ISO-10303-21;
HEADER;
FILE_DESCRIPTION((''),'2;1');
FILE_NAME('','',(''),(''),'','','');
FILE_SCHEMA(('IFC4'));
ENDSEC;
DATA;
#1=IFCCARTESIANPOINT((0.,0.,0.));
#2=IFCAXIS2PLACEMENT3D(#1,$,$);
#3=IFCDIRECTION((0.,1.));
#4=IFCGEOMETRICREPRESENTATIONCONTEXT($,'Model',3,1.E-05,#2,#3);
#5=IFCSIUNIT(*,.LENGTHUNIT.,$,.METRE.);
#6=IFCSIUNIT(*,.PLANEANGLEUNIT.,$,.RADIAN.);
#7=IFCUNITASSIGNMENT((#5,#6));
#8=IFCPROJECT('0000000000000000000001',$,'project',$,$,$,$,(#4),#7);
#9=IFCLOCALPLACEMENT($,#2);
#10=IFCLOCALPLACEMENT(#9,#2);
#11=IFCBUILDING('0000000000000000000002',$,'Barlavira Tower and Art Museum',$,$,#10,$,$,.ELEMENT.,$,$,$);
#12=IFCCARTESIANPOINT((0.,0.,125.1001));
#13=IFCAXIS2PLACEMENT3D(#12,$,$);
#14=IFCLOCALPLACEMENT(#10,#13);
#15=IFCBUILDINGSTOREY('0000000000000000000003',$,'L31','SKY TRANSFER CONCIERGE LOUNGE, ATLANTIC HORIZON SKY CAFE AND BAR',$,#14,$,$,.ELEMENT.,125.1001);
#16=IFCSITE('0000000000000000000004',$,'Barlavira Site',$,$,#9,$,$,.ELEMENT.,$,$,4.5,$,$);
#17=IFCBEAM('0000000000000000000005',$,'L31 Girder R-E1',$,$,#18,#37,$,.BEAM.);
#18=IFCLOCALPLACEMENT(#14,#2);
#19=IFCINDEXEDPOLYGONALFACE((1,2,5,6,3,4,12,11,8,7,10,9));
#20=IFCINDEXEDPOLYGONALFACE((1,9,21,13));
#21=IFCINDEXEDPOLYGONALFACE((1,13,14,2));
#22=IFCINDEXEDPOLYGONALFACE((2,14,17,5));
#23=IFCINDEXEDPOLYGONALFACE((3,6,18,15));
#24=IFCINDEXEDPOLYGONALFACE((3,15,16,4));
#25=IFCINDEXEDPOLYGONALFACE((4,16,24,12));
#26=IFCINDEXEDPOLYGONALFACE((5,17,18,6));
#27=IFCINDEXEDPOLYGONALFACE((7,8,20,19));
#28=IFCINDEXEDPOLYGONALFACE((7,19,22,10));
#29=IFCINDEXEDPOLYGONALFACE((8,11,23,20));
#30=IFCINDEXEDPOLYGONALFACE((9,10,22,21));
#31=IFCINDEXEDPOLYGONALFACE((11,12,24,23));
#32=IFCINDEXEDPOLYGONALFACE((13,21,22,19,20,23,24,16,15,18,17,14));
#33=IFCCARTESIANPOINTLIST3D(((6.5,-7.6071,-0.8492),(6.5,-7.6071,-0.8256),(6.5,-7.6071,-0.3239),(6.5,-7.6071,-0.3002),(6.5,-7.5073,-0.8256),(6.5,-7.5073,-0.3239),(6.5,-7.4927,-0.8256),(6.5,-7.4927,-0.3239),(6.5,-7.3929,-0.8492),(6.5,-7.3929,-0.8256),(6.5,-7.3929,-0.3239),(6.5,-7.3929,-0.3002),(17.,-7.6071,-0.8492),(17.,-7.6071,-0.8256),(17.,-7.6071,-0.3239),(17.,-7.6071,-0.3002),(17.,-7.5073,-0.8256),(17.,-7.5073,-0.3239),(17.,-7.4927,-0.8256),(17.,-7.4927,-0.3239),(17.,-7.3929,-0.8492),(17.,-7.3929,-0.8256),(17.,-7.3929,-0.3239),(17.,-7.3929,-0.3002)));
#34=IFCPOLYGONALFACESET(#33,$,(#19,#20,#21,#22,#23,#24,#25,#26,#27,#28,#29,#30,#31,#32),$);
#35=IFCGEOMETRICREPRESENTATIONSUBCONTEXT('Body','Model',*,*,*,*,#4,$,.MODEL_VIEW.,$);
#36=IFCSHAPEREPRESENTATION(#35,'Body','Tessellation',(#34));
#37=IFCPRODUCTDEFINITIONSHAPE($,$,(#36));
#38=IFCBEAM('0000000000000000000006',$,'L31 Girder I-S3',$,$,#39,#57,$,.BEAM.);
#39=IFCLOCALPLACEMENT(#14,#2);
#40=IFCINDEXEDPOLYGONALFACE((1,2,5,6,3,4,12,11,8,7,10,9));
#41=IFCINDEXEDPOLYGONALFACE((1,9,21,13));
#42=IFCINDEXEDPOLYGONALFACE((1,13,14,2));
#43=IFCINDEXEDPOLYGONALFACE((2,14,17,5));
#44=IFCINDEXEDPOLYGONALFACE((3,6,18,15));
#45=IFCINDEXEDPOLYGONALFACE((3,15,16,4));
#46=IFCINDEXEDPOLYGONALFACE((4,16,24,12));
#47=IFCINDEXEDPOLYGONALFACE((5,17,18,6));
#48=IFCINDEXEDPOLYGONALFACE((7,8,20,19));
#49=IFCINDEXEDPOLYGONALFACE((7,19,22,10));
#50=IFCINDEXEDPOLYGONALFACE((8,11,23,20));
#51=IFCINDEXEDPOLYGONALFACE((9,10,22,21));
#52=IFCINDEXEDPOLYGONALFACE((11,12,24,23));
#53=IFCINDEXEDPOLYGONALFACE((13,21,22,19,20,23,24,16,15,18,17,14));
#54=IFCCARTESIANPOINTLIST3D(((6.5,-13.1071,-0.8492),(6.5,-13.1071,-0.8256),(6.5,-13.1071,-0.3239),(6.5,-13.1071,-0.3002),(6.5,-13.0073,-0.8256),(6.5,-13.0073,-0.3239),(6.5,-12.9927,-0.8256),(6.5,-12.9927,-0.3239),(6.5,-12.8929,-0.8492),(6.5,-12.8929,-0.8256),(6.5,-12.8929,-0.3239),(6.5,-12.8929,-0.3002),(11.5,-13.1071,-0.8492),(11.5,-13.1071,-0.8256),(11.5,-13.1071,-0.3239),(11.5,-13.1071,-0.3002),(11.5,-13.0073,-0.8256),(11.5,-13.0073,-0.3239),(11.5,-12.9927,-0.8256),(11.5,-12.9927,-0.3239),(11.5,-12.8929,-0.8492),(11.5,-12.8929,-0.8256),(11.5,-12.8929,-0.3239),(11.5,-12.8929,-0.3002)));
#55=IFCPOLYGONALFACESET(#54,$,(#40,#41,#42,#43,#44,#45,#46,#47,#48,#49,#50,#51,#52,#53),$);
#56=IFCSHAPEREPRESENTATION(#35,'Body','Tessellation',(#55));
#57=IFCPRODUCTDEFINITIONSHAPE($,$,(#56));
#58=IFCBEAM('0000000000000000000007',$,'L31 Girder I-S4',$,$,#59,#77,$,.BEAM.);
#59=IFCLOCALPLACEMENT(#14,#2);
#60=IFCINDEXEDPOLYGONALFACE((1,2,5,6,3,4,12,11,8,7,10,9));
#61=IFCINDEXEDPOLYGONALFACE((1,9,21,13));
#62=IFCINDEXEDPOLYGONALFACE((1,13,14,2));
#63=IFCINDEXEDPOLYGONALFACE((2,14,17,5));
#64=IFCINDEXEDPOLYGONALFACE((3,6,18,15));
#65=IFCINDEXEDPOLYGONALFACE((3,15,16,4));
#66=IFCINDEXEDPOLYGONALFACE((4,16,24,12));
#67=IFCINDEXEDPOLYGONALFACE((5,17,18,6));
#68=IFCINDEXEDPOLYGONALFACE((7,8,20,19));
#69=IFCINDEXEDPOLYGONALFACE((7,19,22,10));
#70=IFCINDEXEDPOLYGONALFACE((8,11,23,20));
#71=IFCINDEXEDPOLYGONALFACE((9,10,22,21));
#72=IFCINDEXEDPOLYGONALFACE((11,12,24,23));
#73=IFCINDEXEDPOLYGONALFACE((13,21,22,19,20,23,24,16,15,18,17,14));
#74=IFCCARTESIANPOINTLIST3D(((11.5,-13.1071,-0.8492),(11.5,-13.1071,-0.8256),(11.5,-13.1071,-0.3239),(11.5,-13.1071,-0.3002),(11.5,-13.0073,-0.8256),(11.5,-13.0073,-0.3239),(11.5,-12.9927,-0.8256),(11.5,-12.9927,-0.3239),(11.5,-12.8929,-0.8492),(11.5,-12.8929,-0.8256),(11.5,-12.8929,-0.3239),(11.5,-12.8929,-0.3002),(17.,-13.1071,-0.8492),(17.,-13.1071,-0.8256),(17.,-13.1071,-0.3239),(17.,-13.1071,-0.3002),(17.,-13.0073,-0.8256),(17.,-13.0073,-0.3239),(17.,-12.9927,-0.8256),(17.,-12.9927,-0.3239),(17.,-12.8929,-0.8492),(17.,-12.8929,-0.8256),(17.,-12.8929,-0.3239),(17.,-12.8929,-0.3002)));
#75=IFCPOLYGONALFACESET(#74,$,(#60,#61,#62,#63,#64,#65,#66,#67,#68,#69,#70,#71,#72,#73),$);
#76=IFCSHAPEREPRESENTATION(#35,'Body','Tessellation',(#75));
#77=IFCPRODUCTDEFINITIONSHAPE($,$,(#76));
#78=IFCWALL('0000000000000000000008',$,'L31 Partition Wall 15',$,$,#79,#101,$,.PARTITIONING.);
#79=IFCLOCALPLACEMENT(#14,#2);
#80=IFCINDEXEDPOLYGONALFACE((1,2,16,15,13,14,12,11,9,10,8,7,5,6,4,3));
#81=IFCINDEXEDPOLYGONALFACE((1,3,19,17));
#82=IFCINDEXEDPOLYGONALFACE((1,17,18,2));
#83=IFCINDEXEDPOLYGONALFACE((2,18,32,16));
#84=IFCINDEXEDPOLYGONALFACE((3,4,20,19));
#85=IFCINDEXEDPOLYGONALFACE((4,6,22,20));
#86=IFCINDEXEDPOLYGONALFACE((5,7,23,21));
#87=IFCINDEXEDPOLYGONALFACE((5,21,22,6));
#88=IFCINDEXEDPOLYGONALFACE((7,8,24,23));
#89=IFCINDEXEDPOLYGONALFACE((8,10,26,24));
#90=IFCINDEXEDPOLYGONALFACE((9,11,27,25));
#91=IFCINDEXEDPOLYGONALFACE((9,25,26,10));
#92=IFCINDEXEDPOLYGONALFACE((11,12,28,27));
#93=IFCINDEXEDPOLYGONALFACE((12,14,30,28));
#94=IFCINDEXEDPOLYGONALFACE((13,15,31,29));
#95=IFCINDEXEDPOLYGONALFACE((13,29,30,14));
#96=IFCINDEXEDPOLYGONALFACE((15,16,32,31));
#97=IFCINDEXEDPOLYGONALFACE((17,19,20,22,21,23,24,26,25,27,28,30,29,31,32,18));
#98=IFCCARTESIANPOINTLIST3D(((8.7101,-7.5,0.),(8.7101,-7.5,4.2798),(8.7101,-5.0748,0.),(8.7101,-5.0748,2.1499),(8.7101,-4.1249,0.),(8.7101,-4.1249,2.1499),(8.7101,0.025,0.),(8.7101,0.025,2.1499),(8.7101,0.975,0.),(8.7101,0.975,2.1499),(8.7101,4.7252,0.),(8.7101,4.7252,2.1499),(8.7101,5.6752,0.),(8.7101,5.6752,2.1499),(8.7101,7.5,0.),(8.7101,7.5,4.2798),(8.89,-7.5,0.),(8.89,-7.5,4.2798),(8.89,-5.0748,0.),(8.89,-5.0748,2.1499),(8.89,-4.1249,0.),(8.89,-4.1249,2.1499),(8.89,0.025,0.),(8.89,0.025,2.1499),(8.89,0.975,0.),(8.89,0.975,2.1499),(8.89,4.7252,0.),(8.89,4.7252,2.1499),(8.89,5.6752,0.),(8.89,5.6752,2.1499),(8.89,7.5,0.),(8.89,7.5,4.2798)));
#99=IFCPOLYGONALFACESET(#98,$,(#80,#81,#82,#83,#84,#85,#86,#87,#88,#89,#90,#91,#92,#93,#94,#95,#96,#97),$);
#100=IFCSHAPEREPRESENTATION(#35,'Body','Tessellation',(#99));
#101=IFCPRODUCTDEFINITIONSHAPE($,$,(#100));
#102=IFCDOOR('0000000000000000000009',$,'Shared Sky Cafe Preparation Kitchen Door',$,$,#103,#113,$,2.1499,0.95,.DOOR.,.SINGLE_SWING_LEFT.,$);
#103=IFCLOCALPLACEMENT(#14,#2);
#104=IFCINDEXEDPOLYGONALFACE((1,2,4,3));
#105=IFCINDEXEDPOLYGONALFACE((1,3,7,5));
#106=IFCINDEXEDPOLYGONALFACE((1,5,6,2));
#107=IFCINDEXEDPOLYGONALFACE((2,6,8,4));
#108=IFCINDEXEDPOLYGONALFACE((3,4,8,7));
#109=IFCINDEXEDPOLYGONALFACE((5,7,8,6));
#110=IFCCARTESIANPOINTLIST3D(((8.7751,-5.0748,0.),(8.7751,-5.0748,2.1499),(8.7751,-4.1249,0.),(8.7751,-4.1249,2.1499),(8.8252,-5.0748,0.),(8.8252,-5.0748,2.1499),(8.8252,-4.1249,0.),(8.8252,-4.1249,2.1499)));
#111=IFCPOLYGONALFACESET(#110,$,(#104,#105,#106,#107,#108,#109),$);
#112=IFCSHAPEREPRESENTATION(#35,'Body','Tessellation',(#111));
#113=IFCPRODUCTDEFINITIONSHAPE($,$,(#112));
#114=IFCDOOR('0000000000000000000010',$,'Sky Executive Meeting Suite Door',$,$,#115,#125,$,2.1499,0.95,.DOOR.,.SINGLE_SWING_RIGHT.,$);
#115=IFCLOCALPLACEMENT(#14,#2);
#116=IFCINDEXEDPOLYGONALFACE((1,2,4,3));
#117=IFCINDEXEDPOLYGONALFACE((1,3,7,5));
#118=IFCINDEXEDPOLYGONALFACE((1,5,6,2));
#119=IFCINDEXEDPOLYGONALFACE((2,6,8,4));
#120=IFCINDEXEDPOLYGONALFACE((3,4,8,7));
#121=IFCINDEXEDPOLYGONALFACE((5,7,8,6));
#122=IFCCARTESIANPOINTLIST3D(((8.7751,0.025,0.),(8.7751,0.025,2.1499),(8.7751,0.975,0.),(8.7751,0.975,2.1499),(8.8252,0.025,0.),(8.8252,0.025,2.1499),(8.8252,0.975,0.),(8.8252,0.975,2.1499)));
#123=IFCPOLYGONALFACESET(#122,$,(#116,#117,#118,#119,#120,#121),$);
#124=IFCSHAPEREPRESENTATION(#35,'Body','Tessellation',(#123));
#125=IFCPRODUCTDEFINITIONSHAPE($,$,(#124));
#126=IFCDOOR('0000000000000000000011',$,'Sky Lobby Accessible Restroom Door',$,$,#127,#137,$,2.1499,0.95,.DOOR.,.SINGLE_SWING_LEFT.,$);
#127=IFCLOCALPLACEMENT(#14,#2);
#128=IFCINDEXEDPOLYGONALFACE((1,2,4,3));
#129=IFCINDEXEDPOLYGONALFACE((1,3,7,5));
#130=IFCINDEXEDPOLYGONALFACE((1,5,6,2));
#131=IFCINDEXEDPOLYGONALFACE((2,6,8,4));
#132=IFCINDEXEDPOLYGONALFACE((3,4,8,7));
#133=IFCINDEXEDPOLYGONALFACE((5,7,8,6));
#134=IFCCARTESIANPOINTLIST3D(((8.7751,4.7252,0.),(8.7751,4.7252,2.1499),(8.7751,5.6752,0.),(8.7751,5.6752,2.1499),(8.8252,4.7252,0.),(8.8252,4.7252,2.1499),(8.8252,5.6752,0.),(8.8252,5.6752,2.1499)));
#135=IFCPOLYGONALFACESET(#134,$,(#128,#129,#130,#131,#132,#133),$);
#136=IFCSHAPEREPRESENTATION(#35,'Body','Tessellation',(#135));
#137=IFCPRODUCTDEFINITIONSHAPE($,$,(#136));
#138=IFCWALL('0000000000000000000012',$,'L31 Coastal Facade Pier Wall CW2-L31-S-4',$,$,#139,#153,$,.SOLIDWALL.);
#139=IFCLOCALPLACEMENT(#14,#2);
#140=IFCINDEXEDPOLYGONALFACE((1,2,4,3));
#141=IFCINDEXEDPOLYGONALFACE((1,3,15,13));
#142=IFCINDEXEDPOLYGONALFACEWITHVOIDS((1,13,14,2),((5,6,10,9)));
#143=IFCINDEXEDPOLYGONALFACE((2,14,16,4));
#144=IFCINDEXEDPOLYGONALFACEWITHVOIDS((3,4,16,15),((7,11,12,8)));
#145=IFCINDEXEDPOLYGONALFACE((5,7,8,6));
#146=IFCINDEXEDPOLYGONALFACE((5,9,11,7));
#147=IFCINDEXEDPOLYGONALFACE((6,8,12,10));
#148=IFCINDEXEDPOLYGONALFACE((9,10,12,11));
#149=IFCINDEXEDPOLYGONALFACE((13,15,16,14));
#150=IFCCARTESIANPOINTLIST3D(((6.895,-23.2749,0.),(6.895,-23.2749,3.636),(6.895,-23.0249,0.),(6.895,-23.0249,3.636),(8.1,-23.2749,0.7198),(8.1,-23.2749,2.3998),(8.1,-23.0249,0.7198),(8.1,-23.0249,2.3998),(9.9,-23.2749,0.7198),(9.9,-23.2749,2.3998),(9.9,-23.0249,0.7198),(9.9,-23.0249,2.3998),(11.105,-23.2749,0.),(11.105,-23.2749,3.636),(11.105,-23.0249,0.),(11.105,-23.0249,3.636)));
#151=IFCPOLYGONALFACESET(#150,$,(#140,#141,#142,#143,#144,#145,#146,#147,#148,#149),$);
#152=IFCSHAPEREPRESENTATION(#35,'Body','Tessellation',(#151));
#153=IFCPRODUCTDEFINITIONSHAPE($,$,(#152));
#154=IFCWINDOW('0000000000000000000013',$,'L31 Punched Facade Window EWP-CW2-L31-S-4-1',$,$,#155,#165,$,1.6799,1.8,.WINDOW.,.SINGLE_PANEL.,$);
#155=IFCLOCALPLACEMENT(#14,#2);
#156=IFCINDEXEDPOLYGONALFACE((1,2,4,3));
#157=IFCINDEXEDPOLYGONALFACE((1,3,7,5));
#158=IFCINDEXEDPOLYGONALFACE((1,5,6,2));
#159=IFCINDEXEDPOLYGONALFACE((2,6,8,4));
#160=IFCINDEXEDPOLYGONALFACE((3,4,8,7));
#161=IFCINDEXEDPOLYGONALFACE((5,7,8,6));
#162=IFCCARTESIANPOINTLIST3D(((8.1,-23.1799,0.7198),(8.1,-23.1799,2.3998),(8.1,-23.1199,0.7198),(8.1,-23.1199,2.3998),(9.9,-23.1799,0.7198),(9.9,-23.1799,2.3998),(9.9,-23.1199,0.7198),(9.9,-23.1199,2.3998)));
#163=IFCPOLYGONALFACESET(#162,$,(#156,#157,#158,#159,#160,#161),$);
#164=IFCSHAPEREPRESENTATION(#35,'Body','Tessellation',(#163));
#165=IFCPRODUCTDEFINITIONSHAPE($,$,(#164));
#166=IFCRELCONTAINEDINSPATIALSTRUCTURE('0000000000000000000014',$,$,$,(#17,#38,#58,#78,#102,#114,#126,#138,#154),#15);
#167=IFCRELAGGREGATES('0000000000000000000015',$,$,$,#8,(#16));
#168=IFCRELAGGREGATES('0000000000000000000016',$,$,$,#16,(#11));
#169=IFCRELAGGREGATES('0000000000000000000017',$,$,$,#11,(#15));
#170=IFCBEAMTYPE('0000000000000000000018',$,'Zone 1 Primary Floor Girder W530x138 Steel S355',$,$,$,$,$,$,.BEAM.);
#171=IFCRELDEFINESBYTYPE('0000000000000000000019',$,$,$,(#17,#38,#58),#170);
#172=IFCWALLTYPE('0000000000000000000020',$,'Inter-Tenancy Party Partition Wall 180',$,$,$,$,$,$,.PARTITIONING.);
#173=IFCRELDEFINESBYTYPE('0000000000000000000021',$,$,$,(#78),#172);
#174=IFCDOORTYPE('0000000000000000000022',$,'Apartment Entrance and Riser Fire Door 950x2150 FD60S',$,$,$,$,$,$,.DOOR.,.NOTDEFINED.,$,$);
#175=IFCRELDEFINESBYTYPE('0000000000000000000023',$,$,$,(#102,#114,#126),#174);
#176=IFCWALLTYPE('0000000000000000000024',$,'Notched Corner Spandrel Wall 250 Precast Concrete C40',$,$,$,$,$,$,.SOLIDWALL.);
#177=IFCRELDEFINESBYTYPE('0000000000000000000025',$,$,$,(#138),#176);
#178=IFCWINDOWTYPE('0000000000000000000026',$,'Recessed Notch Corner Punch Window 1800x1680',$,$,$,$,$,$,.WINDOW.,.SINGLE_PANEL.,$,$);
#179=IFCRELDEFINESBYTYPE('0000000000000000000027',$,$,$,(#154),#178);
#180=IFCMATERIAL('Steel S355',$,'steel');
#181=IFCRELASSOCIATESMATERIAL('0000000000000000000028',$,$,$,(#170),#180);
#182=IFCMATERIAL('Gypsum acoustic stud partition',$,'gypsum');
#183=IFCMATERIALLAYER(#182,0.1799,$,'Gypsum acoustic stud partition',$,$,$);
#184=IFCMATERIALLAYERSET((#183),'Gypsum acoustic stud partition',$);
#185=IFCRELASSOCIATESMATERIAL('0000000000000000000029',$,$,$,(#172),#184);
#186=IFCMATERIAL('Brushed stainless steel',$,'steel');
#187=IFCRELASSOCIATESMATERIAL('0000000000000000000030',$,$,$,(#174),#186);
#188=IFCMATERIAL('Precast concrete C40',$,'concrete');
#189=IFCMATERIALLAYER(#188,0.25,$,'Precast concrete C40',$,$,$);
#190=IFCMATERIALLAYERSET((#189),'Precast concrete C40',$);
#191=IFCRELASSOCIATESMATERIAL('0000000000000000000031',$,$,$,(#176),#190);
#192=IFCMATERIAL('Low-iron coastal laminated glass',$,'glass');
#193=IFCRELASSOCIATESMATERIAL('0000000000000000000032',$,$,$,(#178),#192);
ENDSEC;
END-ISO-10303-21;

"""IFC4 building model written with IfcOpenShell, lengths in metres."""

from ifc_helpers import new_model, si_unit, direction, frame, frame_2d, origin, origin_2d, place, context, subcontext, project, spatial, rectangle, i_section, extrude, material, layer, layer_set, material_profile, profile_set, type_object, element, fill, save


model = new_model("IFC4")

# Units and contexts
model_context = context("Model", 3, precision=1e-05, world=origin(), true_north=direction((0.0, 1.0)))
body_context = subcontext(model_context, "Body", "Model", "MODEL_VIEW")
ifc_project = project(units=[si_unit("LENGTHUNIT", "METRE"), si_unit("PLANEANGLEUNIT", "RADIAN")], contexts=[model_context])

# Site, building, storey
site_placement = place(None, origin())
site = spatial("IfcSite", under=ifc_project, at=site_placement, Name="Barlavira Site", CompositionType="ELEMENT", RefElevation=4.5)
building_placement = place(site_placement, origin())
building = spatial("IfcBuilding", under=site, at=building_placement, Name="Barlavira Tower and Art Museum", CompositionType="ELEMENT")
storey_placement = place(building_placement, frame((0.0, 0.0, 125.1001)))
storey = spatial("IfcBuildingStorey", under=building, at=storey_placement, Name="L31", Description="SKY TRANSFER CONCIERGE LOUNGE, ATLANTIC HORIZON SKY CAFE AND BAR", CompositionType="ELEMENT", Elevation=125.1001)

# Shared definitions
ifc_material_1 = material(Name="Steel S355", Category="steel")

# Beams
ifc_material_profile_1 = material_profile(ifc_material_1, i_section(OverallWidth=0.2141, OverallDepth=0.5491, WebThickness=0.0146, FlangeThickness=0.0237, at=origin_2d()), Name="W530x138.0")
ifc_profile_set_1 = profile_set([ifc_material_profile_1], Name="Steel S355")
beam_type_1 = type_object("IfcBeamType", Name="Zone 1 Primary Floor Girder W530x138 Steel S355", PredefinedType="BEAM", material=ifc_profile_set_1)
beam_1_placement = place(storey_placement, frame((6.5, -7.5, -0.5747), z_axis=(1.0, 0.0, 0.0), x_axis=(0.0, 1.0, 0.0)))
element("IfcBeam", 1, at=beam_1_placement, inside=storey, type_object=beam_type_1, Name="L31 Girder R-E1", PredefinedType="BEAM", context=body_context, shape_type="SweptSolid", body=[
    extrude(i_section(OverallWidth=0.2141, OverallDepth=0.5491, WebThickness=0.0146, FlangeThickness=0.0237, at=origin_2d()), origin(), (0.0, 0.0, 1.0), 10.5),
])
beam_2_placement = place(storey_placement, frame((6.5, -13.0, -0.5747), z_axis=(1.0, 0.0, 0.0), x_axis=(0.0, 1.0, 0.0)))
element("IfcBeam", 2, at=beam_2_placement, inside=storey, type_object=beam_type_1, Name="L31 Girder I-S3", PredefinedType="BEAM", context=body_context, shape_type="SweptSolid", body=[
    extrude(i_section(OverallWidth=0.2141, OverallDepth=0.5491, WebThickness=0.0146, FlangeThickness=0.0237, at=origin_2d()), origin(), (0.0, 0.0, 1.0), 5.0),
])
beam_3_placement = place(storey_placement, frame((11.5, -13.0, -0.5747), z_axis=(1.0, 0.0, 0.0), x_axis=(0.0, 1.0, 0.0)))
element("IfcBeam", 3, at=beam_3_placement, inside=storey, type_object=beam_type_1, Name="L31 Girder I-S4", PredefinedType="BEAM", context=body_context, shape_type="SweptSolid", body=[
    extrude(i_section(OverallWidth=0.2141, OverallDepth=0.5491, WebThickness=0.0146, FlangeThickness=0.0237, at=origin_2d()), origin(), (0.0, 0.0, 1.0), 5.5),
])

# Wall, openings, doors
ifc_material_2 = material(Name="Gypsum acoustic stud partition", Category="gypsum")
ifc_layer_1 = layer(ifc_material_2, 0.1799, Name="Gypsum acoustic stud partition")
ifc_layer_set_1 = layer_set([ifc_layer_1], Name="Gypsum acoustic stud partition")
wall_type_1 = type_object("IfcWallType", Name="Inter-Tenancy Party Partition Wall 180", PredefinedType="PARTITIONING", material=ifc_layer_set_1)
wall_1_placement = place(storey_placement, frame((8.8, -7.5, 0.0), z_axis=(0.0, 0.0, 1.0), x_axis=(0.0, 1.0, 0.0)))
wall_1 = element("IfcWall", 4, at=wall_1_placement, inside=storey, type_object=wall_type_1, Name="L31 Partition Wall 15", PredefinedType="PARTITIONING", context=body_context, shape_type="SweptSolid", body=[
    extrude(rectangle(XDim=15.0, YDim=0.1799, at=frame_2d((7.5, 0.0))), origin(), (0.0, 0.0, 1.0), 4.2798),
])
opening_1_placement = place(wall_1_placement, frame((2.425, 0.0, 0.0)))
opening_1 = element("IfcOpeningElement", 5, at=opening_1_placement, cuts=wall_1, PredefinedType="OPENING", context=body_context, shape_type="SweptSolid", body=[
    extrude(rectangle(XDim=0.95, YDim=2.1499, at=frame_2d((0.4751, 1.075))), frame((0.0, 0.1001, 0.0), z_axis=(0.0, -1.0, 0.0), x_axis=(1.0, 0.0, 0.0)), (0.0, 0.0, 1.0), 0.2),
])
opening_2_placement = place(wall_1_placement, frame((7.5249, 0.0, 0.0)))
opening_2 = element("IfcOpeningElement", 6, at=opening_2_placement, cuts=wall_1, PredefinedType="OPENING", context=body_context, shape_type="SweptSolid", body=[
    extrude(rectangle(XDim=0.95, YDim=2.1499, at=frame_2d((0.4751, 1.075))), frame((0.0, 0.1001, 0.0), z_axis=(0.0, -1.0, 0.0), x_axis=(1.0, 0.0, 0.0)), (0.0, 0.0, 1.0), 0.2),
])
opening_3_placement = place(wall_1_placement, frame((12.2251, 0.0, 0.0)))
opening_3 = element("IfcOpeningElement", 7, at=opening_3_placement, cuts=wall_1, PredefinedType="OPENING", context=body_context, shape_type="SweptSolid", body=[
    extrude(rectangle(XDim=0.95, YDim=2.1499, at=frame_2d((0.4751, 1.075))), frame((0.0, 0.1001, 0.0), z_axis=(0.0, -1.0, 0.0), x_axis=(1.0, 0.0, 0.0)), (0.0, 0.0, 1.0), 0.2),
])
ifc_material_3 = material(Name="Brushed stainless steel", Category="steel")
door_type = type_object("IfcDoorType", Name="Apartment Entrance and Riser Fire Door 950x2150 FD60S", OperationType="NOTDEFINED", PredefinedType="DOOR", material=ifc_material_3)
door_1_placement = place(opening_1_placement, origin())
door_1 = element("IfcDoor", 8, at=door_1_placement, inside=storey, type_object=door_type, Name="Shared Sky Cafe Preparation Kitchen Door", OperationType="SINGLE_SWING_LEFT", OverallHeight=2.1499, OverallWidth=0.95, PredefinedType="DOOR", context=body_context, shape_type="SweptSolid", body=[
    extrude(rectangle(XDim=0.95, YDim=2.1499, at=frame_2d((0.4751, 1.075))), frame((0.0, 0.0249, 0.0), z_axis=(0.0, -1.0, 0.0), x_axis=(1.0, 0.0, 0.0)), (0.0, 0.0, 1.0), 0.05),
])
fill(opening_1, door_1)
door_2_placement = place(opening_2_placement, origin())
door_2 = element("IfcDoor", 9, at=door_2_placement, inside=storey, type_object=door_type, Name="Sky Executive Meeting Suite Door", OperationType="SINGLE_SWING_RIGHT", OverallHeight=2.1499, OverallWidth=0.95, PredefinedType="DOOR", context=body_context, shape_type="SweptSolid", body=[
    extrude(rectangle(XDim=0.95, YDim=2.1499, at=frame_2d((0.4751, 1.075))), frame((0.0, 0.0249, 0.0), z_axis=(0.0, -1.0, 0.0), x_axis=(1.0, 0.0, 0.0)), (0.0, 0.0, 1.0), 0.05),
])
fill(opening_2, door_2)
door_3_placement = place(opening_3_placement, origin())
door_3 = element("IfcDoor", 10, at=door_3_placement, inside=storey, type_object=door_type, Name="Sky Lobby Accessible Restroom Door", OperationType="SINGLE_SWING_LEFT", OverallHeight=2.1499, OverallWidth=0.95, PredefinedType="DOOR", context=body_context, shape_type="SweptSolid", body=[
    extrude(rectangle(XDim=0.95, YDim=2.1499, at=frame_2d((0.4751, 1.075))), frame((0.0, 0.0249, 0.0), z_axis=(0.0, -1.0, 0.0), x_axis=(1.0, 0.0, 0.0)), (0.0, 0.0, 1.0), 0.05),
])
fill(opening_3, door_3)

# Wall, opening, window
ifc_material_4 = material(Name="Precast concrete C40", Category="concrete")
ifc_layer_2 = layer(ifc_material_4, 0.25, Name="Precast concrete C40")
ifc_layer_set_2 = layer_set([ifc_layer_2], Name="Precast concrete C40")
wall_type_2 = type_object("IfcWallType", Name="Notched Corner Spandrel Wall 250 Precast Concrete C40", PredefinedType="SOLIDWALL", material=ifc_layer_set_2)
wall_2_placement = place(storey_placement, frame((6.895, -23.1499, 0.0), z_axis=(0.0, 0.0, 1.0), x_axis=(1.0, 0.0, 0.0)))
wall_2 = element("IfcWall", 11, at=wall_2_placement, inside=storey, type_object=wall_type_2, Name="L31 Coastal Facade Pier Wall CW2-L31-S-4", PredefinedType="SOLIDWALL", context=body_context, shape_type="SweptSolid", body=[
    extrude(rectangle(XDim=4.21, YDim=0.25, at=frame_2d((2.105, 0.0))), origin(), (0.0, 0.0, 1.0), 3.636),
])
opening_4_placement = place(wall_2_placement, frame((1.2051, 0.0, 0.72)))
opening_4 = element("IfcOpeningElement", 12, at=opening_4_placement, cuts=wall_2, PredefinedType="OPENING", context=body_context, shape_type="SweptSolid", body=[
    extrude(rectangle(XDim=1.8, YDim=1.6799, at=frame_2d((0.8999, 0.8398))), frame((0.0, 0.135, 0.0), z_axis=(0.0, -1.0, 0.0), x_axis=(1.0, 0.0, 0.0)), (0.0, 0.0, 1.0), 0.27),
])
ifc_material_5 = material(Name="Low-iron coastal laminated glass", Category="glass")
window_type = type_object("IfcWindowType", Name="Recessed Notch Corner Punch Window 1800x1680", PartitioningType="SINGLE_PANEL", PredefinedType="WINDOW", material=ifc_material_5)
window_1_placement = place(opening_4_placement, origin())
window_1 = element("IfcWindow", 13, at=window_1_placement, inside=storey, type_object=window_type, Name="L31 Punched Facade Window EWP-CW2-L31-S-4-1", OverallHeight=1.6799, OverallWidth=1.8, PartitioningType="SINGLE_PANEL", PredefinedType="WINDOW", context=body_context, shape_type="SweptSolid", body=[
    extrude(rectangle(XDim=1.8, YDim=1.6799, at=frame_2d((0.8999, 0.8398))), frame((0.0, 0.03, 0.0), z_axis=(0.0, -1.0, 0.0), x_axis=(1.0, 0.0, 0.0)), (0.0, 0.0, 1.0), 0.0601),
])
fill(opening_4, window_1)

save(model, "model.ifc")
